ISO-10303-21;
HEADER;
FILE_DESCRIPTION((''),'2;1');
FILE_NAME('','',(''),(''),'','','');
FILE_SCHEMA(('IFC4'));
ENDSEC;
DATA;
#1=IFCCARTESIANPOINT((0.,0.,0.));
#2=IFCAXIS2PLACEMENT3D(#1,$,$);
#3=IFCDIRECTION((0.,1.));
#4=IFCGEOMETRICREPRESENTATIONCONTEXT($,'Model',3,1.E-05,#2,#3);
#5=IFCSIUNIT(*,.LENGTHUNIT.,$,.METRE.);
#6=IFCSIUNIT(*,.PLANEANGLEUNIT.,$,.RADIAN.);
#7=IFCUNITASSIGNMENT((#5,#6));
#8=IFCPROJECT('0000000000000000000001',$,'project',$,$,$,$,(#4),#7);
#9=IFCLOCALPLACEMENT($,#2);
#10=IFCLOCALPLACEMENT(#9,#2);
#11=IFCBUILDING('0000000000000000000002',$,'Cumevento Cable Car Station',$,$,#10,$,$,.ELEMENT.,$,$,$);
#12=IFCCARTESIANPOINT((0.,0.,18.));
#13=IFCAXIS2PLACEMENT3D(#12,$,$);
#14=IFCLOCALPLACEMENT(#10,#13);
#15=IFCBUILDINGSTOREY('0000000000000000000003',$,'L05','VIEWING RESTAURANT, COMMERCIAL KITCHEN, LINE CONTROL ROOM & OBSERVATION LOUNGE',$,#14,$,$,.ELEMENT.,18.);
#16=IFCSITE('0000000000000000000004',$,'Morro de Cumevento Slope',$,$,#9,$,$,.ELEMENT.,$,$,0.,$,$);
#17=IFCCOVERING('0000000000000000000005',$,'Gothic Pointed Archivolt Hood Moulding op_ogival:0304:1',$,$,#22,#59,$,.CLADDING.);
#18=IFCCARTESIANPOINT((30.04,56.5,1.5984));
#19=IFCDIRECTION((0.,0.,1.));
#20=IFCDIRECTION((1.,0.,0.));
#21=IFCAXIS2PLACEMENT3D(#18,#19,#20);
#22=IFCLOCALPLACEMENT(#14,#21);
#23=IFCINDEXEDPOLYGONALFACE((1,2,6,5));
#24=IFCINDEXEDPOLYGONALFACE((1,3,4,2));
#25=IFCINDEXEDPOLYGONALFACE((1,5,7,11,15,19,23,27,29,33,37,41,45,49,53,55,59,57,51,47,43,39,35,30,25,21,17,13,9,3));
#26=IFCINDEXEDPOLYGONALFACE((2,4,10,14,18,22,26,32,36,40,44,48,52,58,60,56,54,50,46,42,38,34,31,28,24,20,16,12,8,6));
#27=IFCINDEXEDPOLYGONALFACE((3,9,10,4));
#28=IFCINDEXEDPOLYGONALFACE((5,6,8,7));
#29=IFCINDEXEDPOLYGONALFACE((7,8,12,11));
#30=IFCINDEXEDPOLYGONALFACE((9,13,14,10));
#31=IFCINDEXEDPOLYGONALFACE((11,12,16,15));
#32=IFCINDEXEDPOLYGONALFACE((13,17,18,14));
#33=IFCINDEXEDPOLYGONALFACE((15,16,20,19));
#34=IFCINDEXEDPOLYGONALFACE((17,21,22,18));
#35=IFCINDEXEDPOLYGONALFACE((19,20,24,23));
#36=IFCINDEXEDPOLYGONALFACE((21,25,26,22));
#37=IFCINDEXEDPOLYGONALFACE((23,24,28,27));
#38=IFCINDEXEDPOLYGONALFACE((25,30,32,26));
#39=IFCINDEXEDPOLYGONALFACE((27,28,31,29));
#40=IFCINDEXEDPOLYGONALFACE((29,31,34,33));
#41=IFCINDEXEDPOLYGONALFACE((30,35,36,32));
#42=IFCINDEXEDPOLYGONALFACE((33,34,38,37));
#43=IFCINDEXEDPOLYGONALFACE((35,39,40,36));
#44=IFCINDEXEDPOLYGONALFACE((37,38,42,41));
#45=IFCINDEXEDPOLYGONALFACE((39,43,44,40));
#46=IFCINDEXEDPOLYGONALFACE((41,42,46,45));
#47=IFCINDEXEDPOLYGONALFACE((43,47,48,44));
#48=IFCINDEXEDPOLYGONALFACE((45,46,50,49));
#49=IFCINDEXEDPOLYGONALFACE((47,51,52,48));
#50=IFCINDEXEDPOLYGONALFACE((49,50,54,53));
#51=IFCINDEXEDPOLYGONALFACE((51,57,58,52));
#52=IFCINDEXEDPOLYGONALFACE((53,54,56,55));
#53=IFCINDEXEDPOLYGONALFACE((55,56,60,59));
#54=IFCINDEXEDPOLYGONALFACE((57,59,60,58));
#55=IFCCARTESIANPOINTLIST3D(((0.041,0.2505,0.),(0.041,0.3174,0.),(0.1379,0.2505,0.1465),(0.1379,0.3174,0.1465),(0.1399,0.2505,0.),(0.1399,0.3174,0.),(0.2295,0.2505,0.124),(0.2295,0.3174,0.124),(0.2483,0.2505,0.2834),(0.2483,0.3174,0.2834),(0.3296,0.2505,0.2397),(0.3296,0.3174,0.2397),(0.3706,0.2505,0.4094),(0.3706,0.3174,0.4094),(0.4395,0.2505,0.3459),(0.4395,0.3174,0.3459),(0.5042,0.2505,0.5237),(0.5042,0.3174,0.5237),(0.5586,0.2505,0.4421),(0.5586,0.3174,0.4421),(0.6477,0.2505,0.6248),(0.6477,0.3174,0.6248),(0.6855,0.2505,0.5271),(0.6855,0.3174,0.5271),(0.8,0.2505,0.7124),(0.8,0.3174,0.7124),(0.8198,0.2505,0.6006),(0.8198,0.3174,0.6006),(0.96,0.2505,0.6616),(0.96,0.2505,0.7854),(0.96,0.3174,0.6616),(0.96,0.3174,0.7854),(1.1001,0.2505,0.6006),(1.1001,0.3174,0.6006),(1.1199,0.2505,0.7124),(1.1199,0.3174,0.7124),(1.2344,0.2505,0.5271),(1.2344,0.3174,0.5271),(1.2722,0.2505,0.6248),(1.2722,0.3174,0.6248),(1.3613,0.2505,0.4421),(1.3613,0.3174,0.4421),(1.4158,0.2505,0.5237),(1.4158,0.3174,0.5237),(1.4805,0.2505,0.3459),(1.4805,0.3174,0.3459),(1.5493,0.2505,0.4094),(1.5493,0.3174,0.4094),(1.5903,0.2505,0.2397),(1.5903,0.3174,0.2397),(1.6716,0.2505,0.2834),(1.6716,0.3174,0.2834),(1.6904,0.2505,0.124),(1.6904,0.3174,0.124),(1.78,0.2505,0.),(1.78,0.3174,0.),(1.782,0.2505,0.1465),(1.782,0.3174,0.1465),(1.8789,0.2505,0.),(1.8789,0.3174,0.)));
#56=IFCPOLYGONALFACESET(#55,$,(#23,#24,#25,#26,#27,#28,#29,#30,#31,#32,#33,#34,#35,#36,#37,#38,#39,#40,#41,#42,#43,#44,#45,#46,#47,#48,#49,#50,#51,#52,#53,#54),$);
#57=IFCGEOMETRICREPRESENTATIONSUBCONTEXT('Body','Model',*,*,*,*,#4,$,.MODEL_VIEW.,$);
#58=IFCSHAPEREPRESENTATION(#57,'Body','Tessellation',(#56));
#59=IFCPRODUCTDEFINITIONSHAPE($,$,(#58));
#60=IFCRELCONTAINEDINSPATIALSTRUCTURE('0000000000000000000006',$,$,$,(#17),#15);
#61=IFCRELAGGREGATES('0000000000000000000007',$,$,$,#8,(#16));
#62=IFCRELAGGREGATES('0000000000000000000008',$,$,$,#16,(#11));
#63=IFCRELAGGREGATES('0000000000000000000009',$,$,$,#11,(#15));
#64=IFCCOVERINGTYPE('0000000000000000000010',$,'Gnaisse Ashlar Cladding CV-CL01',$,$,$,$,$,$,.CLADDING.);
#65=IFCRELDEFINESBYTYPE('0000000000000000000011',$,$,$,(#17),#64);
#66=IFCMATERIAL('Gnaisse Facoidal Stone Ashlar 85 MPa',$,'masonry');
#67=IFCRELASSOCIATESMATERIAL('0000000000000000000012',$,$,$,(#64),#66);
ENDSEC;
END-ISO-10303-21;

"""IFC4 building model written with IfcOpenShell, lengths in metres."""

from ifc_helpers import new_model, si_unit, direction, frame, origin, place, context, subcontext, project, spatial, polyline, outline, extrude, material, type_object, element, save


model = new_model("IFC4")

# Units and contexts
model_context = context("Model", 3, precision=1e-05, world=origin(), true_north=direction((0.0, 1.0)))
body_context = subcontext(model_context, "Body", "Model", "MODEL_VIEW")
ifc_project = project(units=[si_unit("LENGTHUNIT", "METRE"), si_unit("PLANEANGLEUNIT", "RADIAN")], contexts=[model_context])

# Site, building, storey
site_placement = place(None, origin())
site = spatial("IfcSite", under=ifc_project, at=site_placement, Name="Morro de Cumevento Slope", CompositionType="ELEMENT", RefElevation=0.0)
building_placement = place(site_placement, origin())
building = spatial("IfcBuilding", under=site, at=building_placement, Name="Cumevento Cable Car Station", CompositionType="ELEMENT")
storey_placement = place(building_placement, frame((0.0, 0.0, 18.0)))
storey = spatial("IfcBuildingStorey", under=building, at=storey_placement, Name="L05", Description="VIEWING RESTAURANT, COMMERCIAL KITCHEN, LINE CONTROL ROOM & OBSERVATION LOUNGE", CompositionType="ELEMENT", Elevation=18.0)

# Covering
ifc_material_1 = material(Name="Gnaisse Facoidal Stone Ashlar 85 MPa", Category="masonry")
covering_type = type_object("IfcCoveringType", Name="Gnaisse Ashlar Cladding CV-CL01", PredefinedType="CLADDING", material=ifc_material_1)
covering_1_placement = place(storey_placement, frame((30.04, 56.5, 1.5984), z_axis=(0.0, 0.0, 1.0), x_axis=(1.0, 0.0, 0.0)))
element("IfcCovering", 1, at=covering_1_placement, inside=storey, type_object=covering_type, Name="Gothic Pointed Archivolt Hood Moulding op_ogival:0304:1", PredefinedType="CLADDING", context=body_context, shape_type="SweptSolid", body=[
    extrude(outline(polyline([(0.1399, 0.0), (0.2295, 0.124), (0.3296, 0.2397), (0.4395, 0.3459), (0.5586, 0.4421), (0.6855, 0.5271), (0.8198, 0.6006), (0.96, 0.6616), (1.1001, 0.6006), (1.2344, 0.5271), (1.3613, 0.4421), (1.4805, 0.3459), (1.5903, 0.2397), (1.6904, 0.124), (1.78, 0.0), (1.8789, 0.0), (1.782, 0.1465), (1.6716, 0.2834), (1.5493, 0.4094), (1.4158, 0.5237), (1.2722, 0.6248), (1.1199, 0.7124), (0.96, 0.7854), (0.8, 0.7124), (0.6477, 0.6248), (0.5042, 0.5237), (0.3706, 0.4094), (0.2483, 0.2834), (0.1379, 0.1465), (0.041, 0.0), (0.1399, 0.0)])), frame((0.0, 0.3174, 0.0), z_axis=(0.0, -1.0, 0.0), x_axis=(1.0, 0.0, 0.0)), (0.0, 0.0, 1.0), 0.0669),
])

save(model, "model.ifc")
